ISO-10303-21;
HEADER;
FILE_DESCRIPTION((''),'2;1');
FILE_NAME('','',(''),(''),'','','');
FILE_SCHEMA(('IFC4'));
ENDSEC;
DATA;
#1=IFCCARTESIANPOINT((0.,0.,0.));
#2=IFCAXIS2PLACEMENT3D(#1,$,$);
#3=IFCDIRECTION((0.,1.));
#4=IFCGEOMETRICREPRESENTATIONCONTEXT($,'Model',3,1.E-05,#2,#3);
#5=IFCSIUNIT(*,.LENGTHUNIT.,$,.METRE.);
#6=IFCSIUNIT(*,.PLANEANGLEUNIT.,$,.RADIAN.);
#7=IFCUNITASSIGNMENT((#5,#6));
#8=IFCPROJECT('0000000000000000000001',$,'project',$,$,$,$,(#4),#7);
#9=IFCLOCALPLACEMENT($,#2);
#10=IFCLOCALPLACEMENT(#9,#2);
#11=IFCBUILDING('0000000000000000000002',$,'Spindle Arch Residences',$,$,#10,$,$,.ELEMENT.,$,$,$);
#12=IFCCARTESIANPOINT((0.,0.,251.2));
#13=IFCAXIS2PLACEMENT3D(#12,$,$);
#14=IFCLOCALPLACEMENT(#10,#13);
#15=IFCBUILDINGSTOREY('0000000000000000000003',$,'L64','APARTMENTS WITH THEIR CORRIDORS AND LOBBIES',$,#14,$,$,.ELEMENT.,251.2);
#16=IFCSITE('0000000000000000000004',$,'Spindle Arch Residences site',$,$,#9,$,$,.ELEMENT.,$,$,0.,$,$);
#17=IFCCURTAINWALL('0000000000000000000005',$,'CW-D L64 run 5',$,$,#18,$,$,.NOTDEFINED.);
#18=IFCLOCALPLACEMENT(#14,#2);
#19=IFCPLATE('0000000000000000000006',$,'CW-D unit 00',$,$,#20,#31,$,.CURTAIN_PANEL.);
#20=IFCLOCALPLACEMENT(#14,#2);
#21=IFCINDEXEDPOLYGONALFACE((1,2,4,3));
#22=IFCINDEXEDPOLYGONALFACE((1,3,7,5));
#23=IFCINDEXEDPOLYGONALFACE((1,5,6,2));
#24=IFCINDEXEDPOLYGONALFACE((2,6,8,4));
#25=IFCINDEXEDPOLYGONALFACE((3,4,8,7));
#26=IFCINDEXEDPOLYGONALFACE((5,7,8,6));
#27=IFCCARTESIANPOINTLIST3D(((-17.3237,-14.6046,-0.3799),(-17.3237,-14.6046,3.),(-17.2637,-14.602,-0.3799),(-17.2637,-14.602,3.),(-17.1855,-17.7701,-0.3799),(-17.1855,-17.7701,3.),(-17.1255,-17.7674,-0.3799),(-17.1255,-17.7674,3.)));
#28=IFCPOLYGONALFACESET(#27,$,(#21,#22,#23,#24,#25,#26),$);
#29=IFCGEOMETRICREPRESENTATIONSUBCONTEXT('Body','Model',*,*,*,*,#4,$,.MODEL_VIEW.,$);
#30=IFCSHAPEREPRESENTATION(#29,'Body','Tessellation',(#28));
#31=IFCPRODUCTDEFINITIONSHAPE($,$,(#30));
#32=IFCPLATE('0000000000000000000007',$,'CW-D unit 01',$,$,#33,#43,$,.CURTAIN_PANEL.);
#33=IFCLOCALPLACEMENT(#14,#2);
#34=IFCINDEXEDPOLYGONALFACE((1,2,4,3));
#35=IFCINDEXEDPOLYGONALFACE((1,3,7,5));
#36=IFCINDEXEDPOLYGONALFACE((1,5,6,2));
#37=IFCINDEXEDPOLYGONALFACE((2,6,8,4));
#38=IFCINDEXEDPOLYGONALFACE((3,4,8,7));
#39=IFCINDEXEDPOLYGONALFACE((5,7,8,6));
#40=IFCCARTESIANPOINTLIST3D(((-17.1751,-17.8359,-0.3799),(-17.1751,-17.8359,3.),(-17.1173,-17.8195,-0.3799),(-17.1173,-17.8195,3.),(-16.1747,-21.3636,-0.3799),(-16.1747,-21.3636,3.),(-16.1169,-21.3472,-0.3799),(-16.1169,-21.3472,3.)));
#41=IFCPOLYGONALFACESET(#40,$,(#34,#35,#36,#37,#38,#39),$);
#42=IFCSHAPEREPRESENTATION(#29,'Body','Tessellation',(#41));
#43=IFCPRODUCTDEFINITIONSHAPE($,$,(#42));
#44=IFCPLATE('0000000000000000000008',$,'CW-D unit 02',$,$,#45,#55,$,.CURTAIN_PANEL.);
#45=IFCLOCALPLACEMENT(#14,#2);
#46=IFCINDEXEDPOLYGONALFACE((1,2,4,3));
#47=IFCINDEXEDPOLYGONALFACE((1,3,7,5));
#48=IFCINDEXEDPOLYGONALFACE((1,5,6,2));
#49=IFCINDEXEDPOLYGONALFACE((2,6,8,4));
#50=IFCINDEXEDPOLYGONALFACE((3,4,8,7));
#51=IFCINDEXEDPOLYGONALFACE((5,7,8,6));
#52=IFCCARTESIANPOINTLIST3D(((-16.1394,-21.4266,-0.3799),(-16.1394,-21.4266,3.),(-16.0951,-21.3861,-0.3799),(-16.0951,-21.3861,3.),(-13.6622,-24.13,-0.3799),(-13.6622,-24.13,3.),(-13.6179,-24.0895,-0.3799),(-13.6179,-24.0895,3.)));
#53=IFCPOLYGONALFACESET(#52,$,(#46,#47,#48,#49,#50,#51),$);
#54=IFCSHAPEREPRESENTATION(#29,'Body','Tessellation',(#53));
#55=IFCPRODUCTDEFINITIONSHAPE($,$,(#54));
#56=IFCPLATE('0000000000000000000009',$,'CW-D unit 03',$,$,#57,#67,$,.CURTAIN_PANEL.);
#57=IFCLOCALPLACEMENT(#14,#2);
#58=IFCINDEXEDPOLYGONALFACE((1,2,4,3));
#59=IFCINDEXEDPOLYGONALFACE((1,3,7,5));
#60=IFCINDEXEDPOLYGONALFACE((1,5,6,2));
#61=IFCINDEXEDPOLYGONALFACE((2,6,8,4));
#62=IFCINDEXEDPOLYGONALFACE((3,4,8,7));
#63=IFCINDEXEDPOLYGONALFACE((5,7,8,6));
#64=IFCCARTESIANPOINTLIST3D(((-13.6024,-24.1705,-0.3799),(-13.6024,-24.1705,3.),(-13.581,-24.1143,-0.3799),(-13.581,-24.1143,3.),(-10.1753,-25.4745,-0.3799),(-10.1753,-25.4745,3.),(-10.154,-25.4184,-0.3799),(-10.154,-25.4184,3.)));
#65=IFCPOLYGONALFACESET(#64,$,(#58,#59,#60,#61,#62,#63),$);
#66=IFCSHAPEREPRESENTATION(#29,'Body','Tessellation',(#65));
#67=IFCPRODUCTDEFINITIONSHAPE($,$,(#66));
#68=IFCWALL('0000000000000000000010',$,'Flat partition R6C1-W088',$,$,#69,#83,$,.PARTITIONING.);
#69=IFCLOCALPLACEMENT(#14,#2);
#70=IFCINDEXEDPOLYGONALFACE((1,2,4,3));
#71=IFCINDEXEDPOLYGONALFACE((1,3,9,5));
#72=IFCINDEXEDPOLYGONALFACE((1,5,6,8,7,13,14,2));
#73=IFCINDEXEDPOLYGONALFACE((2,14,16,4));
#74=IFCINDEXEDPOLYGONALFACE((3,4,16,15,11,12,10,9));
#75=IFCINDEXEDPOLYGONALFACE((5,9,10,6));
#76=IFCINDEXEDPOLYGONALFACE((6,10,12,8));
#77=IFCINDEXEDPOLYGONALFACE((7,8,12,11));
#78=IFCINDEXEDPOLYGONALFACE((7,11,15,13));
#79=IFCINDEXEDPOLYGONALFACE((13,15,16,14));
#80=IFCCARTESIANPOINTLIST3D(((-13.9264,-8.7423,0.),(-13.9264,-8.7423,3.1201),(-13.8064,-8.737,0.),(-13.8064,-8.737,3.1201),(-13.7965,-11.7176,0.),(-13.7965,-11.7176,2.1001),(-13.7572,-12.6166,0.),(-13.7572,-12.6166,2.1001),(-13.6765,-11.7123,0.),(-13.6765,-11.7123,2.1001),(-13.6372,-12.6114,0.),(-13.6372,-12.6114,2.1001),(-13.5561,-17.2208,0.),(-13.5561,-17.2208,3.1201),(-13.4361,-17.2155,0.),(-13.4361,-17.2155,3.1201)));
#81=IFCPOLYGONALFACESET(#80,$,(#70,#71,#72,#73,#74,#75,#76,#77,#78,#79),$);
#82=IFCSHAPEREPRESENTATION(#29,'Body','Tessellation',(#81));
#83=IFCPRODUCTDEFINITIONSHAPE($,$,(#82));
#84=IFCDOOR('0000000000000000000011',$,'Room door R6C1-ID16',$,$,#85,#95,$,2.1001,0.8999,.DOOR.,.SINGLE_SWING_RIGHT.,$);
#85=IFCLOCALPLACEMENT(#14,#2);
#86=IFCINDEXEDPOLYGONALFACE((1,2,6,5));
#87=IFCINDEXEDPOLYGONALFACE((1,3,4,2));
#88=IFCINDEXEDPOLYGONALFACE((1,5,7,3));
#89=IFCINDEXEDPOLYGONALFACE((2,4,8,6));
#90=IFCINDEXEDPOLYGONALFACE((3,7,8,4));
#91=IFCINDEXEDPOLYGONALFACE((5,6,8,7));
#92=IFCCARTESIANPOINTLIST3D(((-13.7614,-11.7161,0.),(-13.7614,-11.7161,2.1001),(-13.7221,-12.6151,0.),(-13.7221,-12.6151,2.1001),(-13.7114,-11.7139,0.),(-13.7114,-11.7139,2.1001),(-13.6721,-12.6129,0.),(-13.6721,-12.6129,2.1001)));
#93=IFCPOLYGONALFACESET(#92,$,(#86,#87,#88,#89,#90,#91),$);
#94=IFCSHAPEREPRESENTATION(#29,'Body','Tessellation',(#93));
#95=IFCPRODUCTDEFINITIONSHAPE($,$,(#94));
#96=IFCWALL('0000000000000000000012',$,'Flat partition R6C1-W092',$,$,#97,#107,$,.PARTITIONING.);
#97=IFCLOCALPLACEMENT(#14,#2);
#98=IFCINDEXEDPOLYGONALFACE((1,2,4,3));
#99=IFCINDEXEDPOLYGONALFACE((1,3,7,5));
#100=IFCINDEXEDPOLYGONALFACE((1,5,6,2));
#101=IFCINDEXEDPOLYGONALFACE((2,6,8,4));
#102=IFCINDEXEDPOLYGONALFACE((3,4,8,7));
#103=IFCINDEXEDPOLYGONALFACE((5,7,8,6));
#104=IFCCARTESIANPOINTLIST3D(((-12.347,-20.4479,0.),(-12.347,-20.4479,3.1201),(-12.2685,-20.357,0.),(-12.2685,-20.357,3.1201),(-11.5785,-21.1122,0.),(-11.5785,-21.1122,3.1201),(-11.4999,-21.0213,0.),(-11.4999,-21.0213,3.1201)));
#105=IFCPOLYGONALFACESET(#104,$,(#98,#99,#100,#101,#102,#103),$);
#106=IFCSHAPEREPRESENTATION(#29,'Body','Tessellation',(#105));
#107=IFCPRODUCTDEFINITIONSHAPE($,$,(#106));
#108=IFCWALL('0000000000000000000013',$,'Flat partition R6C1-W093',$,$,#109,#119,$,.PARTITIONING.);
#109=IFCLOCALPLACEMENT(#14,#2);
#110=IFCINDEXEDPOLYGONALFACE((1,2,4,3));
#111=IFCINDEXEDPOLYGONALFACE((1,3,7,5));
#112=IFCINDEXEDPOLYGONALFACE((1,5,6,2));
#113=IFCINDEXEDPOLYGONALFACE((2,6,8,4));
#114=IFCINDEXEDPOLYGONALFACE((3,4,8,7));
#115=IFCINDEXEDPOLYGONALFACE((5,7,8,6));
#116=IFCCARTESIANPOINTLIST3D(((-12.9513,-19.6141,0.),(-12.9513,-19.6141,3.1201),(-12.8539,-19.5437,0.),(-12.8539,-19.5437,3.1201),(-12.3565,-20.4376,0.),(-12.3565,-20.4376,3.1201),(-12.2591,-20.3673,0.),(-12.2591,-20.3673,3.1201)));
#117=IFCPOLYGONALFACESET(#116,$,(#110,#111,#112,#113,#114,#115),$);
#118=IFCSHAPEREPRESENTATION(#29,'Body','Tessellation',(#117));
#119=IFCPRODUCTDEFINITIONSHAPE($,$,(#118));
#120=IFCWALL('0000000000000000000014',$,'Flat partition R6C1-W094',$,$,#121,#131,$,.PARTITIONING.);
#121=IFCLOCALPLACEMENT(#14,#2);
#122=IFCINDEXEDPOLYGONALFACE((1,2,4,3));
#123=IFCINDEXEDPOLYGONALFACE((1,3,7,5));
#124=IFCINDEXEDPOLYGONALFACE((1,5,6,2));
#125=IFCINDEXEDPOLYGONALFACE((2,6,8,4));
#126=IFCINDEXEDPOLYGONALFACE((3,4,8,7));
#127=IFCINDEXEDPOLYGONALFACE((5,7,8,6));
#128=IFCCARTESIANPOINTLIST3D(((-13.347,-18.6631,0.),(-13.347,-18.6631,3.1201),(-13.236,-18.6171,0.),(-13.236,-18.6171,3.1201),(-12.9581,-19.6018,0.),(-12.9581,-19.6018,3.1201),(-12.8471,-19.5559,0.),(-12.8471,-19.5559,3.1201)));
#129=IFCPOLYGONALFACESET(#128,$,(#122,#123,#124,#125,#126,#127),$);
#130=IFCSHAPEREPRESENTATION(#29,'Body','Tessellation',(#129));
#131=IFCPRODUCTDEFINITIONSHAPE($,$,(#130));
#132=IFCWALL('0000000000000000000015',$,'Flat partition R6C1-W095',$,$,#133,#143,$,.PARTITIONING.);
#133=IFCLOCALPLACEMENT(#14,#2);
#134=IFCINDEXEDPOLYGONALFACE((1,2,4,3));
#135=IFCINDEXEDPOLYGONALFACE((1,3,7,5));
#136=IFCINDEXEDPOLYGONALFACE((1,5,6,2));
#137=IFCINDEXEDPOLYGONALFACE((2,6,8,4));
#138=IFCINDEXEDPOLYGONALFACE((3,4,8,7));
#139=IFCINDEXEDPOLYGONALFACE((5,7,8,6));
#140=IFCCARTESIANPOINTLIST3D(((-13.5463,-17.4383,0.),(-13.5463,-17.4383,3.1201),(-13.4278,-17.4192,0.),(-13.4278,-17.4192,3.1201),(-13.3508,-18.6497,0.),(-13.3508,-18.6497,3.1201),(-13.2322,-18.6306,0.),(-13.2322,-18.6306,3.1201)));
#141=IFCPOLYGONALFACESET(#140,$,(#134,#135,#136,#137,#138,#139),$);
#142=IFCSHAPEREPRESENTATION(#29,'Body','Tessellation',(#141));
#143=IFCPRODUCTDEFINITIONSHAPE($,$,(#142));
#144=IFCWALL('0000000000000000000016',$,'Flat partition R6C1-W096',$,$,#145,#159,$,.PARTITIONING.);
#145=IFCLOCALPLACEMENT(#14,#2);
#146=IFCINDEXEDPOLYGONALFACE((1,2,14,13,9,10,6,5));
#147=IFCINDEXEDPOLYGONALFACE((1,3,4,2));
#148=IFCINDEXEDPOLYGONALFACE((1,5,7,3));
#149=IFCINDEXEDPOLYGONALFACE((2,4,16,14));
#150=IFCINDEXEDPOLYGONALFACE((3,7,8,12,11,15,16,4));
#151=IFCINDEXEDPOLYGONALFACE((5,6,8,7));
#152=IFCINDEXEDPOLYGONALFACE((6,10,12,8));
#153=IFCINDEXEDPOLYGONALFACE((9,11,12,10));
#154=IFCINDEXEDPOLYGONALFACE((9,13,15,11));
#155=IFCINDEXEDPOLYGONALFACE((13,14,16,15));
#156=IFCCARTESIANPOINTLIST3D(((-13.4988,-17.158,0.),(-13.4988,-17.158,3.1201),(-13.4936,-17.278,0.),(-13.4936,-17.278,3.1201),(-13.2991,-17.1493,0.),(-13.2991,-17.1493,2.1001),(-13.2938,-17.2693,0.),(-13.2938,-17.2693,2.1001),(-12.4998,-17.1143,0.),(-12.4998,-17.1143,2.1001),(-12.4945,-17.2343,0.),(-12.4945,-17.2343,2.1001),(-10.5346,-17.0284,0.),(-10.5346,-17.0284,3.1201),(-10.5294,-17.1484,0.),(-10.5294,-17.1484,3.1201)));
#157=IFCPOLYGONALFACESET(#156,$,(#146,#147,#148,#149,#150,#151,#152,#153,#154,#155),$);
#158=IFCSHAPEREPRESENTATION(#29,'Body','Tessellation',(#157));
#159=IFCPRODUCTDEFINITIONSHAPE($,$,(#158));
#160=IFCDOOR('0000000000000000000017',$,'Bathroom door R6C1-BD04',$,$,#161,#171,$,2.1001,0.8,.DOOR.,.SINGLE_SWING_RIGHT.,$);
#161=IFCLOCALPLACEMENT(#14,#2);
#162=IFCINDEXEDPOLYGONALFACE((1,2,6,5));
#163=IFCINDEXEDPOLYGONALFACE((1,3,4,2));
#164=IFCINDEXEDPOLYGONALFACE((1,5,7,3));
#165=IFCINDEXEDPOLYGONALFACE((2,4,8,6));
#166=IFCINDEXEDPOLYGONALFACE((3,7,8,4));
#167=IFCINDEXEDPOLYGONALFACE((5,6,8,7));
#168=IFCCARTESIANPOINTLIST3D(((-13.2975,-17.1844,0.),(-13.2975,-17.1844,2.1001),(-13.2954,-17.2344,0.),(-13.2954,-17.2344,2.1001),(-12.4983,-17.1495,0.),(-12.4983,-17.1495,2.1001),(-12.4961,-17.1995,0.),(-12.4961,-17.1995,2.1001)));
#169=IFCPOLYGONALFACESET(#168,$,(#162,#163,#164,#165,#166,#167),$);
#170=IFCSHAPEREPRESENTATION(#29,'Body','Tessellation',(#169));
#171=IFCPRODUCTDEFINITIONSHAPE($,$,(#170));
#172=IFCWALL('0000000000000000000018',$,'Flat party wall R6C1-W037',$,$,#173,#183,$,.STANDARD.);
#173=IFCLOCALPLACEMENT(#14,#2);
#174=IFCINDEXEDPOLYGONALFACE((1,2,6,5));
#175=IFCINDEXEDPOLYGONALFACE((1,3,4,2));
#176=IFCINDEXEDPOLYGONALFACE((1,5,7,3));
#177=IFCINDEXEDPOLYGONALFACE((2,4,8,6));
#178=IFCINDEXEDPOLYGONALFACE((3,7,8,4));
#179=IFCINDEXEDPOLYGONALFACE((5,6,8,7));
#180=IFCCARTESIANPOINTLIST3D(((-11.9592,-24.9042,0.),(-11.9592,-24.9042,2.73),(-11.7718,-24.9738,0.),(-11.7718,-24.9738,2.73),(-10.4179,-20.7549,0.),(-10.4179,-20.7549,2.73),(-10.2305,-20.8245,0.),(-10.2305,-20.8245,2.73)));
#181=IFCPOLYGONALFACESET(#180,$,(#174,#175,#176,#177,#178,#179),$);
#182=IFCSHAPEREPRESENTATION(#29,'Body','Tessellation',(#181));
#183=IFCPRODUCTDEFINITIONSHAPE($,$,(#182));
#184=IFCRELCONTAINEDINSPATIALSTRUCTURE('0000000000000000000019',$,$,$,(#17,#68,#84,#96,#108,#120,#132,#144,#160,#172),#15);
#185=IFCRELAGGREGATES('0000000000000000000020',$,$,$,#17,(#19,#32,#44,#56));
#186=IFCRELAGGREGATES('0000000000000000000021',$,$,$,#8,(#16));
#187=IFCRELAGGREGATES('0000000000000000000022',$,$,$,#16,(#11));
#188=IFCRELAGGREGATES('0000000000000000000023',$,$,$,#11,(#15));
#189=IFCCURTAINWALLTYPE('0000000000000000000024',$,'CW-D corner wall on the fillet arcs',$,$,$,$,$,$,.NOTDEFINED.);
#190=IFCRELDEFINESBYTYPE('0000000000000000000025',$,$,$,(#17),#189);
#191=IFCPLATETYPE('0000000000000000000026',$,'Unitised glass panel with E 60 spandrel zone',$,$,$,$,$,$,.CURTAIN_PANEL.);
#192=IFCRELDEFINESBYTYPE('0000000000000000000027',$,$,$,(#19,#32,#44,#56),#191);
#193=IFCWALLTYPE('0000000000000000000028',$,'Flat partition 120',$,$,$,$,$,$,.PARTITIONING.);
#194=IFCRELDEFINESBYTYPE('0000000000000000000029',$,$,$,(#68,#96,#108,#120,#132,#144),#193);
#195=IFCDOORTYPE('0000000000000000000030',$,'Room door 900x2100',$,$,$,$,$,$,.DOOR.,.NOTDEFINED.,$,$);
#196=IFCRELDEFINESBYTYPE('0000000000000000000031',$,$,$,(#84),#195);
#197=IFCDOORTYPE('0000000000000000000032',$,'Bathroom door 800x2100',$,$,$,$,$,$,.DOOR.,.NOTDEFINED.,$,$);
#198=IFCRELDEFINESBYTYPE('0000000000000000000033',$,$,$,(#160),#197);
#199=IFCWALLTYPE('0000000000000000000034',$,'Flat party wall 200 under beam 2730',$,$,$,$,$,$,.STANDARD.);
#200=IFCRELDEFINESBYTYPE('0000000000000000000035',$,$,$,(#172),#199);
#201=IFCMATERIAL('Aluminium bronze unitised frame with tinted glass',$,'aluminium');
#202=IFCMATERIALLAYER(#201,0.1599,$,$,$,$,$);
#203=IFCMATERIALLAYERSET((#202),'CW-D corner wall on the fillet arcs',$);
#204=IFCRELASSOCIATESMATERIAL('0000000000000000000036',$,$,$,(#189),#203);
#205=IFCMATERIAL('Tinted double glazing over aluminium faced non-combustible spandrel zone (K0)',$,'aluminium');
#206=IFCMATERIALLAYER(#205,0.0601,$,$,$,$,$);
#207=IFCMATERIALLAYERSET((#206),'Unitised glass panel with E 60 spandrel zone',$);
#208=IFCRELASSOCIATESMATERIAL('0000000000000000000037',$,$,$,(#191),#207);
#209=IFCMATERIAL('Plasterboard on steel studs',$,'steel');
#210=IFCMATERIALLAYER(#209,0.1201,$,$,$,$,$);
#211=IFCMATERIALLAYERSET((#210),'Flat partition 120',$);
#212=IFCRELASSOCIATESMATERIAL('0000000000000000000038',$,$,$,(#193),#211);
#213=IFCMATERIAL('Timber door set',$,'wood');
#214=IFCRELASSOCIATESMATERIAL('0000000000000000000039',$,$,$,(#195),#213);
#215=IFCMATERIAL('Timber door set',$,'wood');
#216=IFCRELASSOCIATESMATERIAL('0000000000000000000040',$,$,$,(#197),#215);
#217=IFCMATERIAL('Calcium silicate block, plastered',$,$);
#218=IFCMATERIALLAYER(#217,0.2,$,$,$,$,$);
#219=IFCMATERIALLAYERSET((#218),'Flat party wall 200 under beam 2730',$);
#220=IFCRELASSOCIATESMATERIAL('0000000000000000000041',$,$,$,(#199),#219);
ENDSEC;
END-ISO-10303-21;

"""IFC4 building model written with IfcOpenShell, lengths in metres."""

from ifc_helpers import new_model, si_unit, direction, frame, frame_2d, origin, origin_2d, place, context, subcontext, project, spatial, rectangle, extrude, material, layer, layer_set, type_object, element, fill, aggregate, save


model = new_model("IFC4")

# Units and contexts
model_context = context("Model", 3, precision=1e-05, world=origin(), true_north=direction((0.0, 1.0)))
body_context = subcontext(model_context, "Body", "Model", "MODEL_VIEW")
ifc_project = project(units=[si_unit("LENGTHUNIT", "METRE"), si_unit("PLANEANGLEUNIT", "RADIAN")], contexts=[model_context])

# Site, building, storey
site_placement = place(None, origin())
site = spatial("IfcSite", under=ifc_project, at=site_placement, Name="Spindle Arch Residences site", CompositionType="ELEMENT", RefElevation=0.0)
building_placement = place(site_placement, origin())
building = spatial("IfcBuilding", under=site, at=building_placement, Name="Spindle Arch Residences", CompositionType="ELEMENT")
storey_placement = place(building_placement, frame((0.0, 0.0, 251.2)))
storey = spatial("IfcBuildingStorey", under=building, at=storey_placement, Name="L64", Description="APARTMENTS WITH THEIR CORRIDORS AND LOBBIES", CompositionType="ELEMENT", Elevation=251.2)

# Curtain wall
ifc_material_1 = material(Name="Aluminium bronze unitised frame with tinted glass", Category="aluminium")
ifc_layer_1 = layer(ifc_material_1, 0.1599)
ifc_layer_set_1 = layer_set([ifc_layer_1], Name="CW-D corner wall on the fillet arcs")
curtain_wall_type = type_object("IfcCurtainWallType", Name="CW-D corner wall on the fillet arcs", PredefinedType="NOTDEFINED", material=ifc_layer_set_1)
curtain_wall_placement = place(storey_placement, origin())
curtain_wall = element("IfcCurtainWall", 1, at=curtain_wall_placement, inside=storey, type_object=curtain_wall_type, Name="CW-D L64 run 5", PredefinedType="NOTDEFINED")

# Plates
ifc_material_2 = material(Name="Tinted double glazing over aluminium faced non-combustible spandrel zone (K0)", Category="aluminium")
ifc_layer_2 = layer(ifc_material_2, 0.0601)
ifc_layer_set_2 = layer_set([ifc_layer_2], Name="Unitised glass panel with E 60 spandrel zone")
plate_type = type_object("IfcPlateType", Name="Unitised glass panel with E 60 spandrel zone", PredefinedType="CURTAIN_PANEL", material=ifc_layer_set_2)
plate_1_placement = place(storey_placement, frame((-17.2246, -16.186, -0.3799), z_axis=(0.0, 0.0, 1.0), x_axis=(0.043619, -0.999048, 0.0)))
plate_1 = element("IfcPlate", 2, at=plate_1_placement, type_object=plate_type, Name="CW-D unit 00", PredefinedType="CURTAIN_PANEL", context=body_context, shape_type="SweptSolid", body=[
    extrude(rectangle(XDim=3.1685, YDim=0.0601, at=origin_2d()), origin(), (0.0, 0.0, 1.0), 3.3799),
])
plate_2_placement = place(storey_placement, frame((-16.646, -19.5916, -0.3799), z_axis=(0.0, 0.0, 1.0), x_axis=(0.27284, -0.962059, 0.0)))
plate_2 = element("IfcPlate", 3, at=plate_2_placement, type_object=plate_type, Name="CW-D unit 01", PredefinedType="CURTAIN_PANEL", context=body_context, shape_type="SweptSolid", body=[
    extrude(rectangle(XDim=3.6667, YDim=0.0601, at=origin_2d()), origin(), (0.0, 0.0, 1.0), 3.3799),
])
plate_3_placement = place(storey_placement, frame((-14.8787, -22.7581, -0.3799), z_axis=(0.0, 0.0, 1.0), x_axis=(0.67559, -0.737277, 0.0)))
plate_3 = element("IfcPlate", 4, at=plate_3_placement, type_object=plate_type, Name="CW-D unit 02", PredefinedType="CURTAIN_PANEL", context=body_context, shape_type="SweptSolid", body=[
    extrude(rectangle(XDim=3.6667, YDim=0.0601, at=origin_2d()), origin(), (0.0, 0.0, 1.0), 3.3799),
])
plate_4_placement = place(storey_placement, frame((-11.8782, -24.7944, -0.3799), z_axis=(0.0, 0.0, 1.0), x_axis=(0.934619, -0.355651, 0.0)))
plate_4 = element("IfcPlate", 5, at=plate_4_placement, type_object=plate_type, Name="CW-D unit 03", PredefinedType="CURTAIN_PANEL", context=body_context, shape_type="SweptSolid", body=[
    extrude(rectangle(XDim=3.6667, YDim=0.0601, at=origin_2d()), origin(), (0.0, 0.0, 1.0), 3.3799),
])
aggregate(curtain_wall, [plate_1, plate_2, plate_3, plate_4])

# Wall, opening, door
ifc_material_3 = material(Name="Plasterboard on steel studs", Category="steel")
ifc_layer_3 = layer(ifc_material_3, 0.1201)
ifc_layer_set_3 = layer_set([ifc_layer_3], Name="Flat partition 120")
wall_type_1 = type_object("IfcWallType", Name="Flat partition 120", PredefinedType="PARTITIONING", material=ifc_layer_set_3)
wall_1_placement = place(storey_placement, frame((-13.4961, -17.218, 0.0), z_axis=(0.0, 0.0, 1.0), x_axis=(-0.043641, 0.999047, 0.0)))
wall_1 = element("IfcWall", 6, at=wall_1_placement, inside=storey, type_object=wall_type_1, Name="Flat partition R6C1-W088", PredefinedType="PARTITIONING", context=body_context, shape_type="SweptSolid", body=[
    extrude(rectangle(XDim=8.4866, YDim=0.1201, at=frame_2d((4.2432, 0.0))), origin(), (0.0, 0.0, 1.0), 3.1201),
])
opening_1_placement = place(wall_1_placement, frame((4.6084, 0.0, 0.0)))
opening_1 = element("IfcOpeningElement", 7, at=opening_1_placement, cuts=wall_1, PredefinedType="OPENING", context=body_context, shape_type="SweptSolid", body=[
    extrude(rectangle(XDim=0.8999, YDim=2.1001, at=frame_2d((0.45, 1.05))), frame((0.0, 0.0701, 0.0), z_axis=(0.0, -1.0, 0.0), x_axis=(1.0, 0.0, 0.0)), (0.0, 0.0, 1.0), 0.1401),
])
ifc_material_4 = material(Name="Timber door set", Category="wood")
door_type_1 = type_object("IfcDoorType", Name="Room door 900x2100", OperationType="NOTDEFINED", PredefinedType="DOOR", material=ifc_material_4)
door_1_placement = place(opening_1_placement, origin())
door_1 = element("IfcDoor", 8, at=door_1_placement, inside=storey, type_object=door_type_1, Name="Room door R6C1-ID16", OperationType="SINGLE_SWING_RIGHT", OverallHeight=2.1001, OverallWidth=0.8999, PredefinedType="DOOR", context=body_context, shape_type="SweptSolid", body=[
    extrude(rectangle(XDim=0.8999, YDim=2.1001, at=frame_2d((0.45, 1.05))), frame((0.0, 0.0249, 0.0), z_axis=(0.0, -1.0, 0.0), x_axis=(1.0, 0.0, 0.0)), (0.0, 0.0, 1.0), 0.05),
])
fill(opening_1, door_1)

# Walls
for number, where, z_axis, x_axis, name in (
    (9, (-11.5393, -21.0667, 0.0), (0.0, 0.0, 1.0), (-0.756553, 0.653933, 0.0), "Flat partition R6C1-W092"),
    (10, (-12.3079, -20.4023, 0.0), (0.0, 0.0, 1.0), (-0.585482, 0.810686, 0.0), "Flat partition R6C1-W093"),
):
    element("IfcWall", number, at=place(storey_placement, frame(where, z_axis=z_axis, x_axis=x_axis)), inside=storey, type_object=wall_type_1, Name=name, PredefinedType="PARTITIONING", context=body_context, shape_type="SweptSolid", body=[
        extrude(rectangle(XDim=1.0159, YDim=0.1201, at=frame_2d((0.5078, 0.0))), origin(), (0.0, 0.0, 1.0), 3.1201),
    ])
wall_2_placement = place(storey_placement, frame((-12.9026, -19.5789, 0.0), z_axis=(0.0, 0.0, 1.0), x_axis=(-0.382755, 0.92385, 0.0)))
element("IfcWall", 11, at=wall_2_placement, inside=storey, type_object=wall_type_1, Name="Flat partition R6C1-W094", PredefinedType="PARTITIONING", context=body_context, shape_type="SweptSolid", body=[
    extrude(rectangle(XDim=1.0161, YDim=0.1201, at=frame_2d((0.5081, 0.0))), origin(), (0.0, 0.0, 1.0), 3.1201),
])
wall_3_placement = place(storey_placement, frame((-13.2915, -18.6401, 0.0), z_axis=(0.0, 0.0, 1.0), x_axis=(-0.159364, 0.98722, 0.0)))
element("IfcWall", 12, at=wall_3_placement, inside=storey, type_object=wall_type_1, Name="Flat partition R6C1-W095", PredefinedType="PARTITIONING", context=body_context, shape_type="SweptSolid", body=[
    extrude(rectangle(XDim=1.2271, YDim=0.1201, at=frame_2d((0.6135, 0.0))), origin(), (0.0, 0.0, 1.0), 3.1201),
])

# Wall, opening, door
wall_4_placement = place(storey_placement, frame((-13.4961, -17.218, 0.0), z_axis=(0.0, 0.0, 1.0), x_axis=(0.999045, 0.043694, 0.0)))
wall_4 = element("IfcWall", 13, at=wall_4_placement, inside=storey, type_object=wall_type_1, Name="Flat partition R6C1-W096", PredefinedType="PARTITIONING", context=body_context, shape_type="SweptSolid", body=[
    extrude(rectangle(XDim=2.967, YDim=0.1201, at=frame_2d((1.4834, 0.0))), origin(), (0.0, 0.0, 1.0), 3.1201),
])
opening_2_placement = place(wall_4_placement, frame((0.2, 0.0, 0.0)))
opening_2 = element("IfcOpeningElement", 14, at=opening_2_placement, cuts=wall_4, PredefinedType="OPENING", context=body_context, shape_type="SweptSolid", body=[
    extrude(rectangle(XDim=0.8, YDim=2.1001, at=frame_2d((0.3999, 1.05))), frame((0.0, 0.0701, 0.0), z_axis=(0.0, -1.0, 0.0), x_axis=(1.0, 0.0, 0.0)), (0.0, 0.0, 1.0), 0.1401),
])
ifc_material_5 = material(Name="Timber door set", Category="wood")
door_type_2 = type_object("IfcDoorType", Name="Bathroom door 800x2100", OperationType="NOTDEFINED", PredefinedType="DOOR", material=ifc_material_5)
door_2_placement = place(opening_2_placement, origin())
door_2 = element("IfcDoor", 15, at=door_2_placement, inside=storey, type_object=door_type_2, Name="Bathroom door R6C1-BD04", OperationType="SINGLE_SWING_RIGHT", OverallHeight=2.1001, OverallWidth=0.8, PredefinedType="DOOR", context=body_context, shape_type="SweptSolid", body=[
    extrude(rectangle(XDim=0.8, YDim=2.1001, at=frame_2d((0.3999, 1.05))), frame((0.0, 0.0249, 0.0), z_axis=(0.0, -1.0, 0.0), x_axis=(1.0, 0.0, 0.0)), (0.0, 0.0, 1.0), 0.05),
])
fill(opening_2, door_2)

# Wall
ifc_material_6 = material(Name="Calcium silicate block, plastered")
ifc_layer_4 = layer(ifc_material_6, 0.2)
ifc_layer_set_4 = layer_set([ifc_layer_4], Name="Flat party wall 200 under beam 2730")
wall_type_2 = type_object("IfcWallType", Name="Flat party wall 200 under beam 2730", PredefinedType="STANDARD", material=ifc_layer_set_4)
wall_5_placement = place(storey_placement, frame((-11.8655, -24.939, 0.0), z_axis=(0.0, 0.0, 1.0), x_axis=(0.348214, 0.937415, 0.0)))
element("IfcWall", 16, at=wall_5_placement, inside=storey, type_object=wall_type_2, Name="Flat party wall R6C1-W037", PredefinedType="STANDARD", context=body_context, shape_type="SweptSolid", body=[
    extrude(rectangle(XDim=4.4263, YDim=0.2, at=frame_2d((2.2131, 0.0))), origin(), (0.0, 0.0, 1.0), 2.73),
])

save(model, "model.ifc")
